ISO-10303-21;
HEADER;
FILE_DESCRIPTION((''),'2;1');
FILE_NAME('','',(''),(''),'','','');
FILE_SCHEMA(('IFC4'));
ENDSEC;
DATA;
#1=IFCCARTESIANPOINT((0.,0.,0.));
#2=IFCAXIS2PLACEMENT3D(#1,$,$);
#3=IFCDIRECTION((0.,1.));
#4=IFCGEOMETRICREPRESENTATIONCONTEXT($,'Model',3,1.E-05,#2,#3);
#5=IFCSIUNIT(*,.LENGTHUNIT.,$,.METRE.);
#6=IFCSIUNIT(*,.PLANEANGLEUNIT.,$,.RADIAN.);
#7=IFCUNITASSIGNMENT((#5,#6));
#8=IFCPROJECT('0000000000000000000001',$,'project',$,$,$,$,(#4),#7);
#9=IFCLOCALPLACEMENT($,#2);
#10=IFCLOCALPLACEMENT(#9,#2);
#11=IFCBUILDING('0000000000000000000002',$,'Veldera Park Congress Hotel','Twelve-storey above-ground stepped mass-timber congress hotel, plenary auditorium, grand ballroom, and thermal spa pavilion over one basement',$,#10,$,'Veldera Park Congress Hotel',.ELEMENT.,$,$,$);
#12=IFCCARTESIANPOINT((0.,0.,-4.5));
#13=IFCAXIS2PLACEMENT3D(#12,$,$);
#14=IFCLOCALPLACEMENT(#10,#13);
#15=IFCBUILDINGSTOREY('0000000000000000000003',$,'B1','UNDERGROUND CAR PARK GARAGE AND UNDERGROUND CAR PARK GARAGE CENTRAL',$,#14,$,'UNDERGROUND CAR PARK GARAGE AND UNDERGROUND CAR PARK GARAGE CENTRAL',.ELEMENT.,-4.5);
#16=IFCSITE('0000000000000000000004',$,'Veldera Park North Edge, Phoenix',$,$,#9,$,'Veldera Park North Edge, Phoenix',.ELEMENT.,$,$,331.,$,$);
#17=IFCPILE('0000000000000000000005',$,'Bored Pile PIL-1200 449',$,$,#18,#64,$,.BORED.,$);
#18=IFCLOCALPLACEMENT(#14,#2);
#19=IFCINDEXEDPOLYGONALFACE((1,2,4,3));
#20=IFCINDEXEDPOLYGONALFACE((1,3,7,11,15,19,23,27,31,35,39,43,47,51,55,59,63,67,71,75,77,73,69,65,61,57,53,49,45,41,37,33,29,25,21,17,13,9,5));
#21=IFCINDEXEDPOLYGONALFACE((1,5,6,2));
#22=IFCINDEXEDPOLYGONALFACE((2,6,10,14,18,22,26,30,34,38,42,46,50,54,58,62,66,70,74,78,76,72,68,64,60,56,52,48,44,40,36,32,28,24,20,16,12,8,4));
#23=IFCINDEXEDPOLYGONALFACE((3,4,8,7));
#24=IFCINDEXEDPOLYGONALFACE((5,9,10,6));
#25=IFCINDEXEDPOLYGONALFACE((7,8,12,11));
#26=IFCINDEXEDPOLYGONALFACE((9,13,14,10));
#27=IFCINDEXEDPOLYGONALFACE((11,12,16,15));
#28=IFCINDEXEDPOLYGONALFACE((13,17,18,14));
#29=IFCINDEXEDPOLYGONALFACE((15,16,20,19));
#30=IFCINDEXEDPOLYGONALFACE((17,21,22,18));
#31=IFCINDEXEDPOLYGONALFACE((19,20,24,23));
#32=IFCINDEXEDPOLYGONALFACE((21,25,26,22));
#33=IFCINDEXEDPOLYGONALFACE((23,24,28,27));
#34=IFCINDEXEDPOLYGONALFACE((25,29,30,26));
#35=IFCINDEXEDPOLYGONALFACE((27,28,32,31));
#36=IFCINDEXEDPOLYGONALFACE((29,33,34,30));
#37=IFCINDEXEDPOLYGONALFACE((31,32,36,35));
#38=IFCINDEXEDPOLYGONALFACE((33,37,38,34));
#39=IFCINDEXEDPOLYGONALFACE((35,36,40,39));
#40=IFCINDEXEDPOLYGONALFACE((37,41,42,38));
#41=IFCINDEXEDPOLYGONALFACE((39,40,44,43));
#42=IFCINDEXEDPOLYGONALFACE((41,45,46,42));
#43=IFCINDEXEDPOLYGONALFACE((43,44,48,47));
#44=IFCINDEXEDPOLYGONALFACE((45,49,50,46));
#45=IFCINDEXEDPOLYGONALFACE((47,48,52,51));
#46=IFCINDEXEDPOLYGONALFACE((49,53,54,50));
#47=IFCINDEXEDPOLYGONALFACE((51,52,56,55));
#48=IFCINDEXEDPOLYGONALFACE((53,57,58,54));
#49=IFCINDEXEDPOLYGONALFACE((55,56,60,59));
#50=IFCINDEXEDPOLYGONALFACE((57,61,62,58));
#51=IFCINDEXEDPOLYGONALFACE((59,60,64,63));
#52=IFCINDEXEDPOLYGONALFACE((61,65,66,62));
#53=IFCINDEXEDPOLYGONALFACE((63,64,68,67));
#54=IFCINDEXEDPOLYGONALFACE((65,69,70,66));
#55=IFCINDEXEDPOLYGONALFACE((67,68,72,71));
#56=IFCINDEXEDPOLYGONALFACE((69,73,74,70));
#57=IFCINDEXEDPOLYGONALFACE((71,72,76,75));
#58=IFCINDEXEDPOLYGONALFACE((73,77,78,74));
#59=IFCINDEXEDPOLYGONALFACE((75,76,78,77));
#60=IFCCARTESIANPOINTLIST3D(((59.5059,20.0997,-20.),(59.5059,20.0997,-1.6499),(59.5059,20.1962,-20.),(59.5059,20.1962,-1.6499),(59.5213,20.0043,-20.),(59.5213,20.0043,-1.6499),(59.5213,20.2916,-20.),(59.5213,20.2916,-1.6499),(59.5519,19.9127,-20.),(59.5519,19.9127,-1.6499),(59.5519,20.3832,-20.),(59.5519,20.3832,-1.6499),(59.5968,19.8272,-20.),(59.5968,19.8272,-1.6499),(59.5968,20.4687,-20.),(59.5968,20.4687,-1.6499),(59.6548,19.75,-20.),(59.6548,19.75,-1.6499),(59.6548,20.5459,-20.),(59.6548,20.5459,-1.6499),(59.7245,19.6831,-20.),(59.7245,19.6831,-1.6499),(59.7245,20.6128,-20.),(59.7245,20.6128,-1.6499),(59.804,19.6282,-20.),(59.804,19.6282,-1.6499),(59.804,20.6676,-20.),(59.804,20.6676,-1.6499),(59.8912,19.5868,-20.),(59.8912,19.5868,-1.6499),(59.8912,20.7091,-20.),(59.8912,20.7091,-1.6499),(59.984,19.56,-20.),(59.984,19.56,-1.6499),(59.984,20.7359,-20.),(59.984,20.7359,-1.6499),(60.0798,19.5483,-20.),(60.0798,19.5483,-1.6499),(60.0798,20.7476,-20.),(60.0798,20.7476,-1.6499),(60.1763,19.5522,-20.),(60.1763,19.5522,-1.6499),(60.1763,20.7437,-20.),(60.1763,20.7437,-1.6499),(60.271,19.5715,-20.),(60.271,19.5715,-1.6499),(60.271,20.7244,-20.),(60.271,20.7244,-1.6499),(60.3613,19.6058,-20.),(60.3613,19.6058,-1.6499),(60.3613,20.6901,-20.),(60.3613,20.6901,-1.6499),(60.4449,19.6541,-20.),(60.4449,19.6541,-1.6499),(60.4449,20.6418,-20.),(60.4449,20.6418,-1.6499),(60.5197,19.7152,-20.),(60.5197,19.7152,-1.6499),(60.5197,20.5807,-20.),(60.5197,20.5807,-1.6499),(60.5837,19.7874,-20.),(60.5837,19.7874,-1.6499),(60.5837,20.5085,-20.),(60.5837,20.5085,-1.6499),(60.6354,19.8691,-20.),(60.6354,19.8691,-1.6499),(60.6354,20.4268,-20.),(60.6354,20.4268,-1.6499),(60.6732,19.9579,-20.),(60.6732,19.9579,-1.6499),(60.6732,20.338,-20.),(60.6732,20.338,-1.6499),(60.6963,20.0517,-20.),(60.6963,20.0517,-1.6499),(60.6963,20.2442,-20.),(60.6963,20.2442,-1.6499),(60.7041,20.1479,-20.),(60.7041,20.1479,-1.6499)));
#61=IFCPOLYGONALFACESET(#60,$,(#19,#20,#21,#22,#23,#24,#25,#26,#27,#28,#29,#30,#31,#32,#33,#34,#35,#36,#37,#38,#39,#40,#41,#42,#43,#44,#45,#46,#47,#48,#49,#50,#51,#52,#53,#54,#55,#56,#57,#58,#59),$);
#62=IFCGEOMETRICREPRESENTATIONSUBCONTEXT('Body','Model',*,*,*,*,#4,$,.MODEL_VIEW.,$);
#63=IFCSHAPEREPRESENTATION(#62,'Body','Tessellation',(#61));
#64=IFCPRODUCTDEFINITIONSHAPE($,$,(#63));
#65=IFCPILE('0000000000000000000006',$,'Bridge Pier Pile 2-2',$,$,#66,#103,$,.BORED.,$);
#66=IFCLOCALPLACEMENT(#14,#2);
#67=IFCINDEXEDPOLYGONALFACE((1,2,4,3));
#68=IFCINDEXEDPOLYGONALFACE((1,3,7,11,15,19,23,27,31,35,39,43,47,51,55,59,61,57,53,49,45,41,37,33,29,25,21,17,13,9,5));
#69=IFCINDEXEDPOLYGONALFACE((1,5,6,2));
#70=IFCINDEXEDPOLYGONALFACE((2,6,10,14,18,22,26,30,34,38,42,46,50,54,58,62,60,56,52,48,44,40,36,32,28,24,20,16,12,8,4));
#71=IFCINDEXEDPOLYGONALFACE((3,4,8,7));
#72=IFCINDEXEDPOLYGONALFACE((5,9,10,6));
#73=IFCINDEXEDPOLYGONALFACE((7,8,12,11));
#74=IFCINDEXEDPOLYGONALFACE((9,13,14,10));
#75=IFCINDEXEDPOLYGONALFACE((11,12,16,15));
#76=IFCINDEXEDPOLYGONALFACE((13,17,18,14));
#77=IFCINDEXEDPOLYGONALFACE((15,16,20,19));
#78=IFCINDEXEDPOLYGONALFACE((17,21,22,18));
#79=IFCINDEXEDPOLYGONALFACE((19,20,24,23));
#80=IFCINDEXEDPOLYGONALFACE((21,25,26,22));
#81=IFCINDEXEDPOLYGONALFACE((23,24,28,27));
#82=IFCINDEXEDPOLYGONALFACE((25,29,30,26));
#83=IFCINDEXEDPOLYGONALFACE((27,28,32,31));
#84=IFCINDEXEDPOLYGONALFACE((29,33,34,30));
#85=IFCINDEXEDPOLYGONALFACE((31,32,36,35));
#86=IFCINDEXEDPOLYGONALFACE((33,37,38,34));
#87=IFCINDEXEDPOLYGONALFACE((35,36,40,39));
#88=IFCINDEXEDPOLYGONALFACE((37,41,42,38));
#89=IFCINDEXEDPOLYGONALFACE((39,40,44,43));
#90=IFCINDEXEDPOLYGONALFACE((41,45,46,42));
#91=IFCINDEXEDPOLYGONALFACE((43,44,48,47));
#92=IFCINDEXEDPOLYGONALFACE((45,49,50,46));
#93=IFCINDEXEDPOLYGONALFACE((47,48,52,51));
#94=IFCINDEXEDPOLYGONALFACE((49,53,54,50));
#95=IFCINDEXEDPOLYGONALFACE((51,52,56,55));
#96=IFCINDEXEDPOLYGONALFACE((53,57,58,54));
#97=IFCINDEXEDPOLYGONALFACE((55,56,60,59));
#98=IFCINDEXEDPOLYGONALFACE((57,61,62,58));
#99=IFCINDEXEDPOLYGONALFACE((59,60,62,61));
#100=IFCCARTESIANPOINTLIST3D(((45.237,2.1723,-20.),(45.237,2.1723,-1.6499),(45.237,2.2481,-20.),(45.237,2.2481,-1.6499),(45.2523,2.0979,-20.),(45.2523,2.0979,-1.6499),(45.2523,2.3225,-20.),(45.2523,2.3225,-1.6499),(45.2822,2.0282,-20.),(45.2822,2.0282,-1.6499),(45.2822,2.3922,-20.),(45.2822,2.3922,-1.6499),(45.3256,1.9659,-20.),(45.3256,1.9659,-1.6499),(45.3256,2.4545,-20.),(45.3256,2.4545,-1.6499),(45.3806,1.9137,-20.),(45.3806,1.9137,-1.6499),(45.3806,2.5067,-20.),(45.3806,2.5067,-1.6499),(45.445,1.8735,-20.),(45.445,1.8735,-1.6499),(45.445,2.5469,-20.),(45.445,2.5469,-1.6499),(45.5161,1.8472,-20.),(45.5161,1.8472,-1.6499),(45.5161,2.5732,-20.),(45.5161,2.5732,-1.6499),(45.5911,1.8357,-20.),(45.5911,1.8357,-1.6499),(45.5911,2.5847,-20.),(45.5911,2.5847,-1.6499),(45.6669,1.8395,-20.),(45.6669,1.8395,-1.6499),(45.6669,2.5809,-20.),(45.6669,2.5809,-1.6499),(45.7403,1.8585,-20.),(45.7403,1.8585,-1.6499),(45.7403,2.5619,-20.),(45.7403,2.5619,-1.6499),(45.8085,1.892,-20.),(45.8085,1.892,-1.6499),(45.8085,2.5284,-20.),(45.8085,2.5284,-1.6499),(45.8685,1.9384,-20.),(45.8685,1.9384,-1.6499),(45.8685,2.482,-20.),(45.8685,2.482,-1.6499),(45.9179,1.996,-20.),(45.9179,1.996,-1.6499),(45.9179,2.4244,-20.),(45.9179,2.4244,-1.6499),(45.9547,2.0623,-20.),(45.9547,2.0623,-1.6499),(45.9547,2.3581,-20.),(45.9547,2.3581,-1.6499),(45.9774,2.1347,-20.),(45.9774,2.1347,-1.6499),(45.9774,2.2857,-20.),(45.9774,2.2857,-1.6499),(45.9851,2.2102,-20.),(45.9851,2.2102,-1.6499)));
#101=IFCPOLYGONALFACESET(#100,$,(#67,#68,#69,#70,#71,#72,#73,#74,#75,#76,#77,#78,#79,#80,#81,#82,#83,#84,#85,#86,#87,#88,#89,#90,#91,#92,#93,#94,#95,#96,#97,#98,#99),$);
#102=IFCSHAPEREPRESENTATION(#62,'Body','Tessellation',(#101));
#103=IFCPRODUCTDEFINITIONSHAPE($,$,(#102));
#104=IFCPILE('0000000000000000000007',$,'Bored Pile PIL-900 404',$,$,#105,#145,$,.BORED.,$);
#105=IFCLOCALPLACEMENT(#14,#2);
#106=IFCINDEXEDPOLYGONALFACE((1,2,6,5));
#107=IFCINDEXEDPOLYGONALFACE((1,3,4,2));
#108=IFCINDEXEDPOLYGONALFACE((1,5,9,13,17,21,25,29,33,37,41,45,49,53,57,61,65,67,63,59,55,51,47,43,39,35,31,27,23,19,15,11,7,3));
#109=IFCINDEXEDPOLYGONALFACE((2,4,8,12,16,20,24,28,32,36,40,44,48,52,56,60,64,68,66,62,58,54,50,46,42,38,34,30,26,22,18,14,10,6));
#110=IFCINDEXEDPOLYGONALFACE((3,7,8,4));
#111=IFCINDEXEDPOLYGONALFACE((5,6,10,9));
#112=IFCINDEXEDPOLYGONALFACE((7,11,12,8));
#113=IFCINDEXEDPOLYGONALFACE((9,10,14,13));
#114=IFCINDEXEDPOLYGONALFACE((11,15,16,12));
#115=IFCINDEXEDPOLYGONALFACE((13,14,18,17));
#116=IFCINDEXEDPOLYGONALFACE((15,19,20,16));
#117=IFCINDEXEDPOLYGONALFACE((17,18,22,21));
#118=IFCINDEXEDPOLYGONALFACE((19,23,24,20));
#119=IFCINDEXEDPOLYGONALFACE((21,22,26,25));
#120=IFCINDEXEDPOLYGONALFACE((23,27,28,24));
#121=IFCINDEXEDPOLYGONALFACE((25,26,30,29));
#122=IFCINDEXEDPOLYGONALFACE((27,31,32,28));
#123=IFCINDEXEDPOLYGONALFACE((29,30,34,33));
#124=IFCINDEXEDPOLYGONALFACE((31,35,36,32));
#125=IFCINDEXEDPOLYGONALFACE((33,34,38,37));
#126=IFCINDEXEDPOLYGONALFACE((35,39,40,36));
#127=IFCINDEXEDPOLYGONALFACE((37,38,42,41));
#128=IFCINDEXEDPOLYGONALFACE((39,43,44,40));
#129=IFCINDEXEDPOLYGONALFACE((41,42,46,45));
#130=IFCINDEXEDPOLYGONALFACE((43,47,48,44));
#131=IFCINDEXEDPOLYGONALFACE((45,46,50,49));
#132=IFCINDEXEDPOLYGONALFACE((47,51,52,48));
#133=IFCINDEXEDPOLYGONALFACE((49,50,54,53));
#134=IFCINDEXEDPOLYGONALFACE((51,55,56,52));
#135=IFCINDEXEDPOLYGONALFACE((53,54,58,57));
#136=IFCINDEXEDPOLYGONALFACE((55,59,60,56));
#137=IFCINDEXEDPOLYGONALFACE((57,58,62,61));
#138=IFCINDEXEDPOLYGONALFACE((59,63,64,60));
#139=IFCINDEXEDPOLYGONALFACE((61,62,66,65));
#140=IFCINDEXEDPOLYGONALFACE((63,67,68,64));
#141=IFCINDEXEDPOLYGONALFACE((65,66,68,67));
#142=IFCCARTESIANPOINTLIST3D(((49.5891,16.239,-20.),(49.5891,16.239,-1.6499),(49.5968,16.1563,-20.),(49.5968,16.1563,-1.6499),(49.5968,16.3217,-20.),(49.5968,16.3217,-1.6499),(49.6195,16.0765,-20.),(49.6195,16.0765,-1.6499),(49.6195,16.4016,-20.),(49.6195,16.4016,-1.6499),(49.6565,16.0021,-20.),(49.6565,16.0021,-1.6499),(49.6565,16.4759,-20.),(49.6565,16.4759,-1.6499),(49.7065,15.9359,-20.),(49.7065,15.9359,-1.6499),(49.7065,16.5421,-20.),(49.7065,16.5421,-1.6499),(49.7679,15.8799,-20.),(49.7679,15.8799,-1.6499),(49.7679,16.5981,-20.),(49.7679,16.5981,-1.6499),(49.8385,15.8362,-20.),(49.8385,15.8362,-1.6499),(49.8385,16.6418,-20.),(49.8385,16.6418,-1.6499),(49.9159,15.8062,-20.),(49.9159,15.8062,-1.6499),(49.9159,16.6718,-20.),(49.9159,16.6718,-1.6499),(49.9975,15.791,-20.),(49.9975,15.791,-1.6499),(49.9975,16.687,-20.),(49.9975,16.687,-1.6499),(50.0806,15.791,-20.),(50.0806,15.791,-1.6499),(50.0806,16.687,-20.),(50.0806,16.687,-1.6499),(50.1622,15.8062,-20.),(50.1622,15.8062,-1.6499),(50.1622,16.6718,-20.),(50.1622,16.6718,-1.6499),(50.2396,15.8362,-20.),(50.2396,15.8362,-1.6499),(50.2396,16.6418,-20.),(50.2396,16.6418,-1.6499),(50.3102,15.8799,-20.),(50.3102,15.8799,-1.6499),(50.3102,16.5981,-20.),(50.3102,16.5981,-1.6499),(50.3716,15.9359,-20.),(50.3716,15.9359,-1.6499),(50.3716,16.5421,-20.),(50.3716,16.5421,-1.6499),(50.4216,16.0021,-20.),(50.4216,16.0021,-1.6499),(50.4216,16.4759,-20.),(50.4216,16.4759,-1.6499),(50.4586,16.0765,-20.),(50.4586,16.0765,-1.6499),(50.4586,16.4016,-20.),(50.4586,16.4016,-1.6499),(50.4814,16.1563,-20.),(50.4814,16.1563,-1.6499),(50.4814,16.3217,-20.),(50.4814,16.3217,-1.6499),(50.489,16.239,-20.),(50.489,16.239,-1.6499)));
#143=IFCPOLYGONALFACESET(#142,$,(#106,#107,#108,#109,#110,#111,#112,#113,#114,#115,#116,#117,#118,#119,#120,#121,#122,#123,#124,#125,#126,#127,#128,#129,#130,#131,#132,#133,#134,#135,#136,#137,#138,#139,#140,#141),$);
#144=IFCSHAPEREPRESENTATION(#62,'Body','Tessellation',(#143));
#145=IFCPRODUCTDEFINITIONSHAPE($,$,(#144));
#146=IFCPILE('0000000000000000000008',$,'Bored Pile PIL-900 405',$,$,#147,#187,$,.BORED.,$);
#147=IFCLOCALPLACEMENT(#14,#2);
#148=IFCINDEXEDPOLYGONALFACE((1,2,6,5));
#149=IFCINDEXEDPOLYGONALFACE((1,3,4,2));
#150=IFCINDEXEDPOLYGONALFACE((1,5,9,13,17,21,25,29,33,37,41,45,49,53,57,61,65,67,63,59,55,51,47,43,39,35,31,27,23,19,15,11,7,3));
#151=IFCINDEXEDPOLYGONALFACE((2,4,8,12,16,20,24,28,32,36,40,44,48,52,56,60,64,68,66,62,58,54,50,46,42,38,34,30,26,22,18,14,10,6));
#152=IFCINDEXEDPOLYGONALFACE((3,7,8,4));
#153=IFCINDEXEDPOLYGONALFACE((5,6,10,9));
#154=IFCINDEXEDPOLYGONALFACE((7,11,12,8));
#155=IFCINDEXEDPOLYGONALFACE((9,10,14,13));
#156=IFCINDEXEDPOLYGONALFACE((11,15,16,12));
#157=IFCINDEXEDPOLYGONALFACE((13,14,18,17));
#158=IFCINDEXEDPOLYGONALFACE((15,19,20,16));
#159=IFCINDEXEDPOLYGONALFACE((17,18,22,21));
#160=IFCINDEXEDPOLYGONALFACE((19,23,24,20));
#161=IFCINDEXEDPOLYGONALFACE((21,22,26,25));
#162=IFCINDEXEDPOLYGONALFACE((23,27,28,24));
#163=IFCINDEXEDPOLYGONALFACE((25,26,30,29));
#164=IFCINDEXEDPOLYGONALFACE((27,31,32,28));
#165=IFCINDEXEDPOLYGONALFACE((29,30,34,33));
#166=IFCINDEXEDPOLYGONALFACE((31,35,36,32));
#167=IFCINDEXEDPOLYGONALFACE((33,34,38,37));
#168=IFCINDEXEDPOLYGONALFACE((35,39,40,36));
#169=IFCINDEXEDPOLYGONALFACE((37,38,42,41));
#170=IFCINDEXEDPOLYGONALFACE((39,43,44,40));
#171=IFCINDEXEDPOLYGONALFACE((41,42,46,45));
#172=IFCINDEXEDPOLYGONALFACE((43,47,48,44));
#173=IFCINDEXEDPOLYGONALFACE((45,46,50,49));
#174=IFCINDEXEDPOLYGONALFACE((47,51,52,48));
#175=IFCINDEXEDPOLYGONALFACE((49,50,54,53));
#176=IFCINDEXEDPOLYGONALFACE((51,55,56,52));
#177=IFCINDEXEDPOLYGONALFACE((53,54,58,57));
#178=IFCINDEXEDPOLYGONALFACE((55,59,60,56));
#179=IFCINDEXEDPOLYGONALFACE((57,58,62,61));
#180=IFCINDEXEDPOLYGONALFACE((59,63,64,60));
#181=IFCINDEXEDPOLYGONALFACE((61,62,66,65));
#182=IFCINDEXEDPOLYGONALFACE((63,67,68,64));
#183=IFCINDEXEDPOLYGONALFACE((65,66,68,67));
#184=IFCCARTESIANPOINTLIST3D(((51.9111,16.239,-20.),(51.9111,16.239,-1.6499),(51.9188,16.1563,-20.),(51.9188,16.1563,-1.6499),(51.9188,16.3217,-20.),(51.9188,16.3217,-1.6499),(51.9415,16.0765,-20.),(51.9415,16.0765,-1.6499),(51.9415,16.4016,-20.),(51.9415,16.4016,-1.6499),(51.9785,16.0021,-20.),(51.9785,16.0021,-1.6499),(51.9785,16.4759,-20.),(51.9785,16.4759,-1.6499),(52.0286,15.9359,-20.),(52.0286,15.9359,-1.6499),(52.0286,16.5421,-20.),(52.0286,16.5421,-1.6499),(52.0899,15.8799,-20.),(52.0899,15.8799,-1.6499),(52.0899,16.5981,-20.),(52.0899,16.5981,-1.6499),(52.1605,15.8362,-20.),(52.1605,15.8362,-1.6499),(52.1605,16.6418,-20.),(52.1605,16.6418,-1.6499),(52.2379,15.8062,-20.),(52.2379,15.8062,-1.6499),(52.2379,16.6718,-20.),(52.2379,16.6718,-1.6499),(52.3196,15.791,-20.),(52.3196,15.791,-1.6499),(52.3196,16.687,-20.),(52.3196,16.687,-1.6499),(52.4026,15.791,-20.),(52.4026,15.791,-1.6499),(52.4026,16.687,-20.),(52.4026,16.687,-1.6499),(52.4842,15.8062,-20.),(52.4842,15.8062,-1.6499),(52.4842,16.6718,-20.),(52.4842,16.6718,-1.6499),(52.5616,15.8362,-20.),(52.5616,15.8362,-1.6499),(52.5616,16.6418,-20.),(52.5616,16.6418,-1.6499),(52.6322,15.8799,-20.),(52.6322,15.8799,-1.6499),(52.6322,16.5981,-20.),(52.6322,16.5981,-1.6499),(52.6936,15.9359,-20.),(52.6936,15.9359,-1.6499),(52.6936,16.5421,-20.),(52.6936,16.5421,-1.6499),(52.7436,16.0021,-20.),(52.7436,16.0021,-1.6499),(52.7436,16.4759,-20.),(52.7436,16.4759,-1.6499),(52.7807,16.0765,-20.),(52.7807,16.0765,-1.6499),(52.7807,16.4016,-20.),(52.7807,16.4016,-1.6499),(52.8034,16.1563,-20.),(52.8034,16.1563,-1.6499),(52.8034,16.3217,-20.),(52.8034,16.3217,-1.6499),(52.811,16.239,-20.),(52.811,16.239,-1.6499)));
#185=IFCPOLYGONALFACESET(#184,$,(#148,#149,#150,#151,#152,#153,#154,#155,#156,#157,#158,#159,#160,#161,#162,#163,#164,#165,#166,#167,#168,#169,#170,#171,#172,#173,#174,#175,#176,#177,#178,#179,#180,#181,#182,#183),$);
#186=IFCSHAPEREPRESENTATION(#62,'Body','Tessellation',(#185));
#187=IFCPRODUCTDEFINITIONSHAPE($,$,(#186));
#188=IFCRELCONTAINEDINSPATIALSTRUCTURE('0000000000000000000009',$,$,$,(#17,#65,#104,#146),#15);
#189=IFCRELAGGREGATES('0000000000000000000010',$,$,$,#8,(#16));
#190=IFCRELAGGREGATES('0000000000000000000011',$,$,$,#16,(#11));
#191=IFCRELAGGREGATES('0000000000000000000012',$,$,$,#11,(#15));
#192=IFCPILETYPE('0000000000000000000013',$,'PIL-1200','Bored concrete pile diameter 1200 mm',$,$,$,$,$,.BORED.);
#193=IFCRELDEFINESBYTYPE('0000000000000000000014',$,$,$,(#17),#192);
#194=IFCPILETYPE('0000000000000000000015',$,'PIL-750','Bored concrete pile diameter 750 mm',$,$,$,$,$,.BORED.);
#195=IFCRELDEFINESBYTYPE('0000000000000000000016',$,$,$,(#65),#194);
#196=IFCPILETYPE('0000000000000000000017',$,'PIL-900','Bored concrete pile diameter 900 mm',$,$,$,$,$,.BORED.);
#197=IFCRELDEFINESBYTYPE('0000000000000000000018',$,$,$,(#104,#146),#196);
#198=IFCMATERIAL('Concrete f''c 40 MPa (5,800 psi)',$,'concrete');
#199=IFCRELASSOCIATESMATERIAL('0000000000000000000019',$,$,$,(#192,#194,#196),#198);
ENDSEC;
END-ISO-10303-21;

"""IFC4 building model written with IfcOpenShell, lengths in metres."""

from ifc_helpers import new_model, si_unit, direction, frame, origin, origin_2d, place, context, subcontext, project, spatial, circle, extrude, material, material_profile, profile_set, type_object, element, save


model = new_model("IFC4")

# Units and contexts
model_context = context("Model", 3, precision=1e-05, world=origin(), true_north=direction((0.0, 1.0)))
body_context = subcontext(model_context, "Body", "Model", "MODEL_VIEW")
ifc_project = project(units=[si_unit("LENGTHUNIT", "METRE"), si_unit("PLANEANGLEUNIT", "RADIAN")], contexts=[model_context])

# Site, building, storey
site_placement = place(None, origin())
site = spatial("IfcSite", under=ifc_project, at=site_placement, Name="Veldera Park North Edge, Phoenix", LongName="Veldera Park North Edge, Phoenix", CompositionType="ELEMENT", RefElevation=331.0)
building_placement = place(site_placement, origin())
building = spatial("IfcBuilding", under=site, at=building_placement, Name="Veldera Park Congress Hotel", Description="Twelve-storey above-ground stepped mass-timber congress hotel, plenary auditorium, grand ballroom, and thermal spa pavilion over one basement", LongName="Veldera Park Congress Hotel", CompositionType="ELEMENT")
storey_placement = place(building_placement, frame((0.0, 0.0, -4.5)))
storey = spatial("IfcBuildingStorey", under=building, at=storey_placement, Name="B1", Description="UNDERGROUND CAR PARK GARAGE AND UNDERGROUND CAR PARK GARAGE CENTRAL", LongName="UNDERGROUND CAR PARK GARAGE AND UNDERGROUND CAR PARK GARAGE CENTRAL", CompositionType="ELEMENT", Elevation=-4.5)

# Shared definitions
ifc_material_1 = material(Name="Concrete f'c 40 MPa (5,800 psi)", Category="concrete")

# Piles
ifc_material_profile_1 = material_profile(ifc_material_1, circle(Radius=0.6001, at=origin_2d()), Name="PILE D1200")
ifc_profile_set_1 = profile_set([ifc_material_profile_1], Name="Concrete f'c 40 MPa (5,800 psi)")
pile_type_1 = type_object("IfcPileType", Name="PIL-1200", Description="Bored concrete pile diameter 1200 mm", PredefinedType="BORED", material=ifc_profile_set_1)
for number, where, z_axis, x_axis, name in (
    (1, (60.104, 20.1479, -1.6499), (0.0, 0.0, -1.0), (1.0, 0.0, 0.0), "Bored Pile PIL-1200 449"),
):
    element("IfcPile", number, at=place(storey_placement, frame(where, z_axis=z_axis, x_axis=x_axis)), inside=storey, type_object=pile_type_1, Name=name, PredefinedType="BORED", context=body_context, shape_type="SweptSolid", body=[
        extrude(circle(Radius=0.6001, at=origin_2d()), origin(), (0.0, 0.0, 1.0), 18.3501),
    ])
ifc_material_profile_2 = material_profile(ifc_material_1, circle(Radius=0.375, at=origin_2d()), Name="PILE D750")
ifc_profile_set_2 = profile_set([ifc_material_profile_2], Name="Concrete f'c 40 MPa (5,800 psi)")
pile_type_2 = type_object("IfcPileType", Name="PIL-750", Description="Bored concrete pile diameter 750 mm", PredefinedType="BORED", material=ifc_profile_set_2)
pile_placement = place(storey_placement, frame((45.6101, 2.2102, -1.6499), z_axis=(0.0, 0.0, -1.0), x_axis=(1.0, 0.0, 0.0)))
element("IfcPile", 2, at=pile_placement, inside=storey, type_object=pile_type_2, Name="Bridge Pier Pile 2-2", PredefinedType="BORED", context=body_context, shape_type="SweptSolid", body=[
    extrude(circle(Radius=0.375, at=origin_2d()), origin(), (0.0, 0.0, 1.0), 18.3501),
])
ifc_material_profile_3 = material_profile(ifc_material_1, circle(Radius=0.45, at=origin_2d()), Name="PILE D900")
ifc_profile_set_3 = profile_set([ifc_material_profile_3], Name="Concrete f'c 40 MPa (5,800 psi)")
pile_type_3 = type_object("IfcPileType", Name="PIL-900", Description="Bored concrete pile diameter 900 mm", PredefinedType="BORED", material=ifc_profile_set_3)
for number, where, z_axis, x_axis, name in (
    (3, (50.0391, 16.239, -1.6499), (0.0, 0.0, -1.0), (1.0, 0.0, 0.0), "Bored Pile PIL-900 404"),
    (4, (52.3611, 16.239, -1.6499), (0.0, 0.0, -1.0), (1.0, 0.0, 0.0), "Bored Pile PIL-900 405"),
):
    element("IfcPile", number, at=place(storey_placement, frame(where, z_axis=z_axis, x_axis=x_axis)), inside=storey, type_object=pile_type_3, Name=name, PredefinedType="BORED", context=body_context, shape_type="SweptSolid", body=[
        extrude(circle(Radius=0.45, at=origin_2d()), origin(), (0.0, 0.0, 1.0), 18.3501),
    ])

save(model, "model.ifc")
